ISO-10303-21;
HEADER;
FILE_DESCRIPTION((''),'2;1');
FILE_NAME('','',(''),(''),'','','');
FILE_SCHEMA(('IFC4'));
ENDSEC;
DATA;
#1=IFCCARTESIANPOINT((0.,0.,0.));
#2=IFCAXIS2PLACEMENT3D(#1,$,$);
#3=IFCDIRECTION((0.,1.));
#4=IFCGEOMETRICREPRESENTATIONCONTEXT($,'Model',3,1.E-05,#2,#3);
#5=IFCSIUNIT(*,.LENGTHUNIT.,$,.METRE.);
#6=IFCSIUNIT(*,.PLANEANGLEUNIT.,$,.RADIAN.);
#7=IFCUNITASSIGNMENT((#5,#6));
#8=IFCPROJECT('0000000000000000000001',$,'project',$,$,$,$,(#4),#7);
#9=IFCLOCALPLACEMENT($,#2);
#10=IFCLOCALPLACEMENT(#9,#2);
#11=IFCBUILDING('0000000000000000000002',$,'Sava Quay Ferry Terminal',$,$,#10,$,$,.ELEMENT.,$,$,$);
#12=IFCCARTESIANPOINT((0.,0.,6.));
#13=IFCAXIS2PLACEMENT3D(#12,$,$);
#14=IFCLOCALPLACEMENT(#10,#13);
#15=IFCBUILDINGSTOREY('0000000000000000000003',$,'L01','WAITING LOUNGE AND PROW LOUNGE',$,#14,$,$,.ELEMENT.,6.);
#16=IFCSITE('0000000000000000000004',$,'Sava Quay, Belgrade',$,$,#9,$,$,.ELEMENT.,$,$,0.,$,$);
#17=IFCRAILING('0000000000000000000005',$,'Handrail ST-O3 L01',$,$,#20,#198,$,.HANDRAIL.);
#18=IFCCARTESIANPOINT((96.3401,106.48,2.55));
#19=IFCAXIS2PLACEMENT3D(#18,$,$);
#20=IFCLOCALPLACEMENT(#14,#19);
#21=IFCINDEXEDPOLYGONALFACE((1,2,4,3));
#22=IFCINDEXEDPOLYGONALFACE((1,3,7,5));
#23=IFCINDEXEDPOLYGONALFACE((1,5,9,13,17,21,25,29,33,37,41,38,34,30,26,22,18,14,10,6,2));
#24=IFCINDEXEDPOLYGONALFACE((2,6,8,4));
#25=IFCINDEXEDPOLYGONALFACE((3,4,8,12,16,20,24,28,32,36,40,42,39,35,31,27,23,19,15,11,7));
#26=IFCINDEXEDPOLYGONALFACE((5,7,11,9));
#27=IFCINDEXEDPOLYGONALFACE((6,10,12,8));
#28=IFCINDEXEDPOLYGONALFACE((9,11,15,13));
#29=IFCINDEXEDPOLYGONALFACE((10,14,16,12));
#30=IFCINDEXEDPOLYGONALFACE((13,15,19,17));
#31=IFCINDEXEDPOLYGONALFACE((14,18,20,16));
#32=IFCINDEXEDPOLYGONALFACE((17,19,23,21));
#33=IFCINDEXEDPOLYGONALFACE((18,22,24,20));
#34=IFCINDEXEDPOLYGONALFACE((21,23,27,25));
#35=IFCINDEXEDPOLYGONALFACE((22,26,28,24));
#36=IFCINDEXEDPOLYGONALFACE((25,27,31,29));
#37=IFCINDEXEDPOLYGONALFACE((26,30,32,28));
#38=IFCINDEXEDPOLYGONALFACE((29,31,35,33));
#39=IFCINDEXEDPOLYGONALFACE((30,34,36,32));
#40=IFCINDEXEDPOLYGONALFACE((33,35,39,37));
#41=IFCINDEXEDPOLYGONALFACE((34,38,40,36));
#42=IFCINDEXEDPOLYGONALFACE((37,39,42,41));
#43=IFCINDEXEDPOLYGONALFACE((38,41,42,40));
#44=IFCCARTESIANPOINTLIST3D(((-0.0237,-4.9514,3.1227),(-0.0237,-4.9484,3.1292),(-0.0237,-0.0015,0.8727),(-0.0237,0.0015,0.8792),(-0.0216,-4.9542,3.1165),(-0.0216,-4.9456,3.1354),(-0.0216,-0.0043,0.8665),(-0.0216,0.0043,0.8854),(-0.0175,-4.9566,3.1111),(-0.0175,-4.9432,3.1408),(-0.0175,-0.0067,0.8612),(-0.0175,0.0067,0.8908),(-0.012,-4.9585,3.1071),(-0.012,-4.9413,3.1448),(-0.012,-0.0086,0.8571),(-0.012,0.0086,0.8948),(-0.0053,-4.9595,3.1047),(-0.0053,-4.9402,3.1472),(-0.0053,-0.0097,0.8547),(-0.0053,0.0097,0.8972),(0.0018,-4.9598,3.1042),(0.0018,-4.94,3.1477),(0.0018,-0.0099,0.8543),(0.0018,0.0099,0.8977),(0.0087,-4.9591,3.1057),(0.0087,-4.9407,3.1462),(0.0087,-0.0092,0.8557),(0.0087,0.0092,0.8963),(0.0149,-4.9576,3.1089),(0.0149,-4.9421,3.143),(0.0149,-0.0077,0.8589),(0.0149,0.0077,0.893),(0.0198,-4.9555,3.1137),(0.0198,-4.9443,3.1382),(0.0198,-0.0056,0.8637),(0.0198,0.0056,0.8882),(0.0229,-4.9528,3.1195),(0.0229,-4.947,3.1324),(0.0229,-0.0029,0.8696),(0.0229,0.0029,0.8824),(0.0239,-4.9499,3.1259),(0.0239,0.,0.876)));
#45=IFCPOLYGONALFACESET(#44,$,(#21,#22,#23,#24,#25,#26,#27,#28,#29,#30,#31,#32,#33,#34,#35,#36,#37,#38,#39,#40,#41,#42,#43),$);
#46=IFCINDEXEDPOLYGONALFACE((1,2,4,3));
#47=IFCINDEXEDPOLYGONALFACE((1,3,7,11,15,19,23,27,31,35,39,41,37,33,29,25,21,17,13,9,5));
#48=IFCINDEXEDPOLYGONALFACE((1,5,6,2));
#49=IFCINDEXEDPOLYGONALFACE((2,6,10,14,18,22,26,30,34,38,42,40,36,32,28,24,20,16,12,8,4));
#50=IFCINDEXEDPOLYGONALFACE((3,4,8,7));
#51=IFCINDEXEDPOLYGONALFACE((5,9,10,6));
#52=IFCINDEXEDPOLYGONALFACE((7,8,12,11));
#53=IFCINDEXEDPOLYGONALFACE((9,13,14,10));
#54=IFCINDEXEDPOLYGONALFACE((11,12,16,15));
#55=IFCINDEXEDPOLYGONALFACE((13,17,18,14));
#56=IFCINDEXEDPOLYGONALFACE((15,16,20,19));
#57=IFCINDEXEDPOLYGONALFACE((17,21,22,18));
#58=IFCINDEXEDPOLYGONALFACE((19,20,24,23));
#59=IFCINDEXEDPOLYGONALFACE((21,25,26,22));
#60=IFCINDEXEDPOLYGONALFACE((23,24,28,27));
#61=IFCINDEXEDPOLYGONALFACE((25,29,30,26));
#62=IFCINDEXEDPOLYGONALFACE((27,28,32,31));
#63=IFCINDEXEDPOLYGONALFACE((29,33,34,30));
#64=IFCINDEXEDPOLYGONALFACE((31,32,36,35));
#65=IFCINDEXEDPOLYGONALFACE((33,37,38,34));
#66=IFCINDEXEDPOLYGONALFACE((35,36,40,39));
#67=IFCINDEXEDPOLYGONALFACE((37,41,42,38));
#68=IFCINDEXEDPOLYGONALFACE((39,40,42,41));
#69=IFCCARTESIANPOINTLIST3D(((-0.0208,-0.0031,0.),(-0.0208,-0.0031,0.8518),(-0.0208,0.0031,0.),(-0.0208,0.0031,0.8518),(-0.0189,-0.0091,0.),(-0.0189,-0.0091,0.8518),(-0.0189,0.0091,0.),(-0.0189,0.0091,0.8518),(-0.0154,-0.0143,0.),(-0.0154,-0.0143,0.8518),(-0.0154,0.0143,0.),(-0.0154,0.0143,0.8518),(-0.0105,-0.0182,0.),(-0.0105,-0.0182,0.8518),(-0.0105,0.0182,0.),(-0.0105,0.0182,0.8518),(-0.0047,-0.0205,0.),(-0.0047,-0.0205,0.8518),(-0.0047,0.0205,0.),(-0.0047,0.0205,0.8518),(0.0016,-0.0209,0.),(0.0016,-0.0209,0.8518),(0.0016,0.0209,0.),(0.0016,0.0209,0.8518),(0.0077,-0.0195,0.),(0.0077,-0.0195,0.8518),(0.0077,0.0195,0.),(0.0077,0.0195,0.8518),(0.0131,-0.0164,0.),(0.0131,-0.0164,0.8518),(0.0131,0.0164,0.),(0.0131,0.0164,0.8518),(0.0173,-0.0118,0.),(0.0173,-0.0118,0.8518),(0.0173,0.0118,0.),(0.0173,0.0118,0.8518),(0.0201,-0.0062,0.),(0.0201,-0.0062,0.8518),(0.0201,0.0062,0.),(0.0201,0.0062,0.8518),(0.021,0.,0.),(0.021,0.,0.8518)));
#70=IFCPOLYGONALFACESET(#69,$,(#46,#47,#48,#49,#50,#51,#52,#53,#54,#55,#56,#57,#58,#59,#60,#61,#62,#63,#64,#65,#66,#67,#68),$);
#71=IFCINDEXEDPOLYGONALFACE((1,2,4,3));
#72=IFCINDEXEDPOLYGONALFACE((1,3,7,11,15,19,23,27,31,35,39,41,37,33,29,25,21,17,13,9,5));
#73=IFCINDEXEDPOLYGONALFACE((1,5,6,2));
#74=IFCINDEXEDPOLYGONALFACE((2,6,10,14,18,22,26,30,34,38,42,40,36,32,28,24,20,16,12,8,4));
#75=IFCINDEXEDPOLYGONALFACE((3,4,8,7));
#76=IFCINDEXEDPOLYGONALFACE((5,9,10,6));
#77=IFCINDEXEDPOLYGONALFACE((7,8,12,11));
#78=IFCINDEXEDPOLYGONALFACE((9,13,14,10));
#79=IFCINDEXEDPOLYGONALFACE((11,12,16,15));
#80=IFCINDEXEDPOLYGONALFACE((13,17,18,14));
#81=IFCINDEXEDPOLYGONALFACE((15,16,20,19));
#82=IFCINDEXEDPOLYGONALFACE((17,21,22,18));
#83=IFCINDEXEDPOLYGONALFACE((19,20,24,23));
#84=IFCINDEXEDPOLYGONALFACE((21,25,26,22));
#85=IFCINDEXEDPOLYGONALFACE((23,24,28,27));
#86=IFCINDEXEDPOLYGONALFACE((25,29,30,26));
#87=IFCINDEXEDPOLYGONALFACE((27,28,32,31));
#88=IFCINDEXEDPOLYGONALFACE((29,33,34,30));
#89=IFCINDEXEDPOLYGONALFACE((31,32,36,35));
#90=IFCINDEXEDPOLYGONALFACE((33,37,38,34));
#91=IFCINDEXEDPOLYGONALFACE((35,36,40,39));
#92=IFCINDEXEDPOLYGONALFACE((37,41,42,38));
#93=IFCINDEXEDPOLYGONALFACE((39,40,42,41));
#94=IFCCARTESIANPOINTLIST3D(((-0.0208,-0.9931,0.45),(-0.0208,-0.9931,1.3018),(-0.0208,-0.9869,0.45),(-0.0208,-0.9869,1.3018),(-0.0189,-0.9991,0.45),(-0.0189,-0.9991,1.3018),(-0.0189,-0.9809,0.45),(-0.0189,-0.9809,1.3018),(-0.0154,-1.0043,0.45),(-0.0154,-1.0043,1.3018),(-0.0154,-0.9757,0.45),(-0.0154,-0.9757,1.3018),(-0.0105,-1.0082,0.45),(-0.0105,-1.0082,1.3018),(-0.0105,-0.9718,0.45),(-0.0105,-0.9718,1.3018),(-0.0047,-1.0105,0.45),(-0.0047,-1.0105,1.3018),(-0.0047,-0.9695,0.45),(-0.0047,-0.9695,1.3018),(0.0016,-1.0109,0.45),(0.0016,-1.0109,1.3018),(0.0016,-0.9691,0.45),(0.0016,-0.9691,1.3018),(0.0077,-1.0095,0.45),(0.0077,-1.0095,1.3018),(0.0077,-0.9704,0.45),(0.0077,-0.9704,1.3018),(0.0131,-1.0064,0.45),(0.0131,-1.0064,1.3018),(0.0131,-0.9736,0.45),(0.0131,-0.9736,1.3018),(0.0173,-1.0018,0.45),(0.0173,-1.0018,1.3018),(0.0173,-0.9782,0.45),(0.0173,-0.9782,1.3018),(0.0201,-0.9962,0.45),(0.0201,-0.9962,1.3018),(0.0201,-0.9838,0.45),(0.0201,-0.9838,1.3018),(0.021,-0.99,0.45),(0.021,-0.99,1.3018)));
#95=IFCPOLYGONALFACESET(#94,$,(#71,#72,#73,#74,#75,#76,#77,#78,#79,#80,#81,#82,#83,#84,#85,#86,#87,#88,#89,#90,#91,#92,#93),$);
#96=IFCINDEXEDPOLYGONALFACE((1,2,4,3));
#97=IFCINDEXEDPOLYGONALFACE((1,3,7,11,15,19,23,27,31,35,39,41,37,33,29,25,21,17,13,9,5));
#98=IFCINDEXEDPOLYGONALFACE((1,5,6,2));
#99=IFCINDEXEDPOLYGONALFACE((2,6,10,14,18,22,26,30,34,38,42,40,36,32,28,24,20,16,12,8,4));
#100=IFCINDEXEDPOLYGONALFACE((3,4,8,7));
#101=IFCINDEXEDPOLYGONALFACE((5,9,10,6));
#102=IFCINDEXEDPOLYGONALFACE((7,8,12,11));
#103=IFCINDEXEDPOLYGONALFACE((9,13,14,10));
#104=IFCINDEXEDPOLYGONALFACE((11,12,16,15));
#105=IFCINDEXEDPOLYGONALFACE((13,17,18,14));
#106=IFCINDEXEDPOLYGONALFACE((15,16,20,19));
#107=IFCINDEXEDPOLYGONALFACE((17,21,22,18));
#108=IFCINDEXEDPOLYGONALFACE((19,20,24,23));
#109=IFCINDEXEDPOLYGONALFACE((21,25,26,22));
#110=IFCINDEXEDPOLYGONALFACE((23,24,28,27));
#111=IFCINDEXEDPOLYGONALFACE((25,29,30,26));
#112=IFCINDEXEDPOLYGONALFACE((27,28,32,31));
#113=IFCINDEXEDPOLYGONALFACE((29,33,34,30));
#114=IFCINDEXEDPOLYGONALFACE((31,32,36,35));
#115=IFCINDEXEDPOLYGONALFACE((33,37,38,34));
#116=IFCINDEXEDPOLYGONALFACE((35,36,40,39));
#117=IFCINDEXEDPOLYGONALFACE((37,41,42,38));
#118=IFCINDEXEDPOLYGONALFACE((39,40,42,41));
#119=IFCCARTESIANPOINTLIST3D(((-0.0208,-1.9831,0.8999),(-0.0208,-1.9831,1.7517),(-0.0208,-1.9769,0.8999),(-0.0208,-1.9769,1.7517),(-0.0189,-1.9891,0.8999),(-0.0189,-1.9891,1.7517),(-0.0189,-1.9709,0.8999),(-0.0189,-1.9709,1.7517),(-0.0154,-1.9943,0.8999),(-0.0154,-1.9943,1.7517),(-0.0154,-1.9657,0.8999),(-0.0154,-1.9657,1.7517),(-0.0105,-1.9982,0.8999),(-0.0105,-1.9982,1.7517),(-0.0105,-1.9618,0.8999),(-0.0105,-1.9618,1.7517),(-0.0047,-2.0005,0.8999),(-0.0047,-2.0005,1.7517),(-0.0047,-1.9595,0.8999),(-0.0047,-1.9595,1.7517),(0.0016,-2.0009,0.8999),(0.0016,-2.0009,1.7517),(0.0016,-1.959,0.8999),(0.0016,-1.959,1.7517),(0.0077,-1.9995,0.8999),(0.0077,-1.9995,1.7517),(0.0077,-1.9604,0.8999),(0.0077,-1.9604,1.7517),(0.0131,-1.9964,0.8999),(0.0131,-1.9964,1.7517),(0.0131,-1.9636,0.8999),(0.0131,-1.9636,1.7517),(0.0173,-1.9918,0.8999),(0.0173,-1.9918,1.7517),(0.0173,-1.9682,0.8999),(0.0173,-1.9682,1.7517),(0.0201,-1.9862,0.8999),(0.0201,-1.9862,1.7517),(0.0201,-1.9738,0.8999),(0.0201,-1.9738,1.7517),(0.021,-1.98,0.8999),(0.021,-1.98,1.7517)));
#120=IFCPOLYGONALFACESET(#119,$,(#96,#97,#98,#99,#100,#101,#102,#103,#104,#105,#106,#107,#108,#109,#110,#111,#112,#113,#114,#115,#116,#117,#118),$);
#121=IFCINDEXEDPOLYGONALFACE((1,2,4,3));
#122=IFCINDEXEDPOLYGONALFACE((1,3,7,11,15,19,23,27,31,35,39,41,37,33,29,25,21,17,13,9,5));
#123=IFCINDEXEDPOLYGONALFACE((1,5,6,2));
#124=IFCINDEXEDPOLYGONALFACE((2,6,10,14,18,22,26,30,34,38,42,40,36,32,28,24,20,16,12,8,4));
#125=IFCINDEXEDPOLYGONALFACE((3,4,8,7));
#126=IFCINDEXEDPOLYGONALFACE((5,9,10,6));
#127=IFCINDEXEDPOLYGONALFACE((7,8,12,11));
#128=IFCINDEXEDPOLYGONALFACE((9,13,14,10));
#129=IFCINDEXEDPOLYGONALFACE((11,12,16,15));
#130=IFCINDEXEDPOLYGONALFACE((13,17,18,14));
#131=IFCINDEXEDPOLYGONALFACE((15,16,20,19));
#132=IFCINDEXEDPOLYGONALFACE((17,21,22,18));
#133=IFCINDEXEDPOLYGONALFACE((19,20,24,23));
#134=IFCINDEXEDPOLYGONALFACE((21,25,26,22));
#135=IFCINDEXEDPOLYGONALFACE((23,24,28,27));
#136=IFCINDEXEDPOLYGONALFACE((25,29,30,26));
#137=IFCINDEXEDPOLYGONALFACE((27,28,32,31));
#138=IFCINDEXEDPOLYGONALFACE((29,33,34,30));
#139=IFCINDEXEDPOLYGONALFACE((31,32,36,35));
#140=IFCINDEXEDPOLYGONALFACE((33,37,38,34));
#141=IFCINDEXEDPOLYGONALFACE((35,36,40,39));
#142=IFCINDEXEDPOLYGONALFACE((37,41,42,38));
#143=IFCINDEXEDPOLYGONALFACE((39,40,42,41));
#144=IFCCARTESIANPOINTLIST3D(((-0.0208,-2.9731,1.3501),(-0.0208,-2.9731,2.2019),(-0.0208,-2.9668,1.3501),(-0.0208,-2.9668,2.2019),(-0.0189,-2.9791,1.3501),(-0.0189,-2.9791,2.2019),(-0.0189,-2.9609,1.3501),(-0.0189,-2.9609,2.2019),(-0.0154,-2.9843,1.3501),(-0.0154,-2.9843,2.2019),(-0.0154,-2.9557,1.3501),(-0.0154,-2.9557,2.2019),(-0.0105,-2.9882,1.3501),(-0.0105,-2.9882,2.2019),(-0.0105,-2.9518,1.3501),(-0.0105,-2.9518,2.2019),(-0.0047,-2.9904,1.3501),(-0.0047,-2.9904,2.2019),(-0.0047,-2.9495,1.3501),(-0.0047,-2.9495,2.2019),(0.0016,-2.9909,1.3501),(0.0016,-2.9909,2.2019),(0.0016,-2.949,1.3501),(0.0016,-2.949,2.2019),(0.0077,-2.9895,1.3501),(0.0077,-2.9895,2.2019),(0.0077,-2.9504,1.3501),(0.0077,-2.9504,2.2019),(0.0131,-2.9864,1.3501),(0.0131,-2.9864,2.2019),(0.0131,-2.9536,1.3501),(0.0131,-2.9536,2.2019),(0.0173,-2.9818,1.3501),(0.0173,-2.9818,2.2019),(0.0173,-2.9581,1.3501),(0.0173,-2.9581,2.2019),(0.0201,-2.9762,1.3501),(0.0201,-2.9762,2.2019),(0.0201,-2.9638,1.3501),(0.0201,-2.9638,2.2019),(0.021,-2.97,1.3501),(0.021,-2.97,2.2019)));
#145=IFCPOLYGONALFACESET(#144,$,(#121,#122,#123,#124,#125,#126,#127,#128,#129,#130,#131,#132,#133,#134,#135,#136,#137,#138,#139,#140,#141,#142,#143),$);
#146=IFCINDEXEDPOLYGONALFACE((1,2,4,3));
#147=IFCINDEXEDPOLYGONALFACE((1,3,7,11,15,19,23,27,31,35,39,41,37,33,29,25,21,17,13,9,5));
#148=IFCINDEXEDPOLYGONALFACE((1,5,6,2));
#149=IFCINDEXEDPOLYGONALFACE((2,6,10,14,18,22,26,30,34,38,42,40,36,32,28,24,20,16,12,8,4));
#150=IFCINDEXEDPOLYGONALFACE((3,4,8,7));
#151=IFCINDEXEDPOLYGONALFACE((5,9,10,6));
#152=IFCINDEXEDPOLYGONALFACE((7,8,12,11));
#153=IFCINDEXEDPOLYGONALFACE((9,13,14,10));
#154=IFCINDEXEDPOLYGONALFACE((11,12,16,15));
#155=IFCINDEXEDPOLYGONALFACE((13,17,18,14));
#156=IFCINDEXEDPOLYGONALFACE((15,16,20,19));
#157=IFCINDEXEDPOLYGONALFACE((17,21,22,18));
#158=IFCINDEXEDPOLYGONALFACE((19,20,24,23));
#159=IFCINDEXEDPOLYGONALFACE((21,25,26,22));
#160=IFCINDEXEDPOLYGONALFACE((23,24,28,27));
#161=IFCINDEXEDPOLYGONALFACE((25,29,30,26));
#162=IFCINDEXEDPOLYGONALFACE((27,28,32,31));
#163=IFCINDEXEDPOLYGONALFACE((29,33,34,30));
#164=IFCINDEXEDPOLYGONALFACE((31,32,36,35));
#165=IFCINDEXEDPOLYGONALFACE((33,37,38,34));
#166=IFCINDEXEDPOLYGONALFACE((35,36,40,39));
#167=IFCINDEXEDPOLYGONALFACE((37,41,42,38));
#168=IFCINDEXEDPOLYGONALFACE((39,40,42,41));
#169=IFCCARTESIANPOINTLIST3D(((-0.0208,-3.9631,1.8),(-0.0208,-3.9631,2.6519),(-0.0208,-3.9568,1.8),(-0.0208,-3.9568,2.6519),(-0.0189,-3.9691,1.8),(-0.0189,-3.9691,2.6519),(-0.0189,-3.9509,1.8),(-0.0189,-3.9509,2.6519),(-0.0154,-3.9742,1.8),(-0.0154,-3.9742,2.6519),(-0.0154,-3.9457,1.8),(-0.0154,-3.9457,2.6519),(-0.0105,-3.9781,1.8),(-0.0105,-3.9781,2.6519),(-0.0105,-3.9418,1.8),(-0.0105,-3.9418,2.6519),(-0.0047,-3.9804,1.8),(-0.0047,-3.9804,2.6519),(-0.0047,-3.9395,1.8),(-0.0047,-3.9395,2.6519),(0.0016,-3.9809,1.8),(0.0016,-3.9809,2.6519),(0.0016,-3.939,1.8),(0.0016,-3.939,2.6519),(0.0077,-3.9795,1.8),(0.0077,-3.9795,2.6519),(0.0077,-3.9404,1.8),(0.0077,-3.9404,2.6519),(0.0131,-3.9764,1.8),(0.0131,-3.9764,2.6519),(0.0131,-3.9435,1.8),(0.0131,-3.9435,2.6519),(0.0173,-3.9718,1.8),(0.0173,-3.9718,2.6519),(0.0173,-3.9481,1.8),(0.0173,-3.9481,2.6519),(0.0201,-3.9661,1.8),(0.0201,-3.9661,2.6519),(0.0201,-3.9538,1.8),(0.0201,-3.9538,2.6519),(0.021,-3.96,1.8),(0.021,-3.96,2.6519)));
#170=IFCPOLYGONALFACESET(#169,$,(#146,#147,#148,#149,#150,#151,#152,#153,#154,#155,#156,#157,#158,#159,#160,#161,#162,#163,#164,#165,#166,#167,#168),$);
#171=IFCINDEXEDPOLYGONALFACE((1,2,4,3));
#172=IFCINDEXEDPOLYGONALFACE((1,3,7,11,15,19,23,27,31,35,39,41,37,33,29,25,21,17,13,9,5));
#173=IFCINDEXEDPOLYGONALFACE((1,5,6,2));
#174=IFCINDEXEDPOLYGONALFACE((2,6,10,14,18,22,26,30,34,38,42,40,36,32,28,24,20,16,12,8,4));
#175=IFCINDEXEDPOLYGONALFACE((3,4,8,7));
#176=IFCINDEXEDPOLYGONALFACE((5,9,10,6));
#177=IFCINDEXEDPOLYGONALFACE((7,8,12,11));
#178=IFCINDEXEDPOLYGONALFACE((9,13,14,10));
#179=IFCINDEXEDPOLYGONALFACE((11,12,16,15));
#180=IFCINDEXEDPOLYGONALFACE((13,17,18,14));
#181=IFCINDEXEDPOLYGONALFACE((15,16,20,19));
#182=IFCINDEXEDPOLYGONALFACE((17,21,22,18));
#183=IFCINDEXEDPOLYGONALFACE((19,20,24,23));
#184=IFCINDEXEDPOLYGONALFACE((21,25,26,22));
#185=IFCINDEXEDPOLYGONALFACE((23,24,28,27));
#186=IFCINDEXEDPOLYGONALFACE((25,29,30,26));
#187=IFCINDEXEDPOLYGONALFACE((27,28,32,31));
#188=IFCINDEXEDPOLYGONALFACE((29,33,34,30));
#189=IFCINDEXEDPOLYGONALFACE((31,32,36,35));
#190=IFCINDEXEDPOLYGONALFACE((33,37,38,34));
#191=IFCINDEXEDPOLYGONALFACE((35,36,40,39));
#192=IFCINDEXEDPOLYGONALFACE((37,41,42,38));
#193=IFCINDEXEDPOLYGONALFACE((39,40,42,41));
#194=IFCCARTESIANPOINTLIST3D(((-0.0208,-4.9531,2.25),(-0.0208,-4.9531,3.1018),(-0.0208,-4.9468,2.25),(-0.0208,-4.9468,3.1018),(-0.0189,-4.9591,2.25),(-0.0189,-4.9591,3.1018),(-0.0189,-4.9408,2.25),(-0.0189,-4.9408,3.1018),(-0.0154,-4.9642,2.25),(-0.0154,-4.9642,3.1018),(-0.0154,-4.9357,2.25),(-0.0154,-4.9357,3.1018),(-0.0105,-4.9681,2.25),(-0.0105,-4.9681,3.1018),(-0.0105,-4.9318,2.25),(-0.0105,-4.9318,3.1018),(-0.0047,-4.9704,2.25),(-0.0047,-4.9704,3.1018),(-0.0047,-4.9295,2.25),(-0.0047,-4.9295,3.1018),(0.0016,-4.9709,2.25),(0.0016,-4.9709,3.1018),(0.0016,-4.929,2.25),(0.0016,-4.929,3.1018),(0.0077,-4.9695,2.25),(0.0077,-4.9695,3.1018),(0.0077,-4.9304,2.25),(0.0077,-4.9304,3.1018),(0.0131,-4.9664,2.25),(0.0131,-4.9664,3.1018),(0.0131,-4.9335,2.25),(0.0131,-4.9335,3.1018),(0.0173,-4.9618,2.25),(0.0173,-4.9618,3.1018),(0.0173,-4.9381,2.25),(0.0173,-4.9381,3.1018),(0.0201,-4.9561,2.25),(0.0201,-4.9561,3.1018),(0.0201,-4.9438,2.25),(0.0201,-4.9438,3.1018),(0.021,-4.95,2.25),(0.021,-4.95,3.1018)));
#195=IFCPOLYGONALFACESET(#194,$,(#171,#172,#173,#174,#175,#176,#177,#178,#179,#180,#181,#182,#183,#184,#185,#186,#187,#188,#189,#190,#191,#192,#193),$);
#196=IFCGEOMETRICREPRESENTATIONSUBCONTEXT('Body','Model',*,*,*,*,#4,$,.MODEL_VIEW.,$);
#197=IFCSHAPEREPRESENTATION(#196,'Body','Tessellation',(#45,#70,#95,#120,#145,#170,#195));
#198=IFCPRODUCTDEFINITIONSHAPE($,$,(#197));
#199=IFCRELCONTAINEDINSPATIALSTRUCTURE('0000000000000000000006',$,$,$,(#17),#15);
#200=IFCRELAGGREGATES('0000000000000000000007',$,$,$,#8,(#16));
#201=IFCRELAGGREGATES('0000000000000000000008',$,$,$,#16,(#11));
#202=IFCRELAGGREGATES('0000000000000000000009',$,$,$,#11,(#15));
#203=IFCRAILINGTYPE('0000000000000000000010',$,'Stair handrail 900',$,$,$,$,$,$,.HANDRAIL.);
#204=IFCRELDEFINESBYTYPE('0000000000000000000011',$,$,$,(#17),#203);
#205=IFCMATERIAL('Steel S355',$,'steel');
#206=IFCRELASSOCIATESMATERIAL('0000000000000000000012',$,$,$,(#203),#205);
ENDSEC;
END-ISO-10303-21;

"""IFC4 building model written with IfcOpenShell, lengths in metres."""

from ifc_helpers import new_model, si_unit, direction, frame, origin, origin_2d, place, context, subcontext, project, spatial, circle, extrude, material, type_object, element, save


model = new_model("IFC4")

# Units and contexts
model_context = context("Model", 3, precision=1e-05, world=origin(), true_north=direction((0.0, 1.0)))
body_context = subcontext(model_context, "Body", "Model", "MODEL_VIEW")
ifc_project = project(units=[si_unit("LENGTHUNIT", "METRE"), si_unit("PLANEANGLEUNIT", "RADIAN")], contexts=[model_context])

# Site, building, storey
site_placement = place(None, origin())
site = spatial("IfcSite", under=ifc_project, at=site_placement, Name="Sava Quay, Belgrade", CompositionType="ELEMENT", RefElevation=0.0)
building_placement = place(site_placement, origin())
building = spatial("IfcBuilding", under=site, at=building_placement, Name="Sava Quay Ferry Terminal", CompositionType="ELEMENT")
storey_placement = place(building_placement, frame((0.0, 0.0, 6.0)))
storey = spatial("IfcBuildingStorey", under=building, at=storey_placement, Name="L01", Description="WAITING LOUNGE AND PROW LOUNGE", CompositionType="ELEMENT", Elevation=6.0)

# Railing
ifc_material_1 = material(Name="Steel S355", Category="steel")
railing_type_1 = type_object("IfcRailingType", Name="Stair handrail 900", PredefinedType="HANDRAIL", material=ifc_material_1)
railing_1_placement = place(storey_placement, frame((96.3401, 106.48, 2.55)))
element("IfcRailing", 1, at=railing_1_placement, inside=storey, type_object=railing_type_1, Name="Handrail ST-O3 L01", PredefinedType="HANDRAIL", context=body_context, shape_type="SweptSolid", body=[
    extrude(circle(Radius=0.0239, at=origin_2d()), frame((0.0, 0.0, 0.876), z_axis=(0.0, -0.910365, 0.413806), x_axis=(1.0, 0.0, 0.0)), (0.0, 0.0, 1.0), 5.4373),
    extrude(circle(Radius=0.021, at=origin_2d()), origin(), (0.0, 0.0, 1.0), 0.8518),
    extrude(circle(Radius=0.021, at=origin_2d()), frame((0.0, -0.99, 0.45)), (0.0, 0.0, 1.0), 0.8518),
    extrude(circle(Radius=0.021, at=origin_2d()), frame((0.0, -1.98, 0.8999)), (0.0, 0.0, 1.0), 0.8518),
    extrude(circle(Radius=0.021, at=origin_2d()), frame((0.0, -2.97, 1.3501)), (0.0, 0.0, 1.0), 0.8518),
    extrude(circle(Radius=0.021, at=origin_2d()), frame((0.0, -3.96, 1.8)), (0.0, 0.0, 1.0), 0.8518),
    extrude(circle(Radius=0.021, at=origin_2d()), frame((0.0, -4.95, 2.25)), (0.0, 0.0, 1.0), 0.8518),
])

save(model, "model.ifc")
